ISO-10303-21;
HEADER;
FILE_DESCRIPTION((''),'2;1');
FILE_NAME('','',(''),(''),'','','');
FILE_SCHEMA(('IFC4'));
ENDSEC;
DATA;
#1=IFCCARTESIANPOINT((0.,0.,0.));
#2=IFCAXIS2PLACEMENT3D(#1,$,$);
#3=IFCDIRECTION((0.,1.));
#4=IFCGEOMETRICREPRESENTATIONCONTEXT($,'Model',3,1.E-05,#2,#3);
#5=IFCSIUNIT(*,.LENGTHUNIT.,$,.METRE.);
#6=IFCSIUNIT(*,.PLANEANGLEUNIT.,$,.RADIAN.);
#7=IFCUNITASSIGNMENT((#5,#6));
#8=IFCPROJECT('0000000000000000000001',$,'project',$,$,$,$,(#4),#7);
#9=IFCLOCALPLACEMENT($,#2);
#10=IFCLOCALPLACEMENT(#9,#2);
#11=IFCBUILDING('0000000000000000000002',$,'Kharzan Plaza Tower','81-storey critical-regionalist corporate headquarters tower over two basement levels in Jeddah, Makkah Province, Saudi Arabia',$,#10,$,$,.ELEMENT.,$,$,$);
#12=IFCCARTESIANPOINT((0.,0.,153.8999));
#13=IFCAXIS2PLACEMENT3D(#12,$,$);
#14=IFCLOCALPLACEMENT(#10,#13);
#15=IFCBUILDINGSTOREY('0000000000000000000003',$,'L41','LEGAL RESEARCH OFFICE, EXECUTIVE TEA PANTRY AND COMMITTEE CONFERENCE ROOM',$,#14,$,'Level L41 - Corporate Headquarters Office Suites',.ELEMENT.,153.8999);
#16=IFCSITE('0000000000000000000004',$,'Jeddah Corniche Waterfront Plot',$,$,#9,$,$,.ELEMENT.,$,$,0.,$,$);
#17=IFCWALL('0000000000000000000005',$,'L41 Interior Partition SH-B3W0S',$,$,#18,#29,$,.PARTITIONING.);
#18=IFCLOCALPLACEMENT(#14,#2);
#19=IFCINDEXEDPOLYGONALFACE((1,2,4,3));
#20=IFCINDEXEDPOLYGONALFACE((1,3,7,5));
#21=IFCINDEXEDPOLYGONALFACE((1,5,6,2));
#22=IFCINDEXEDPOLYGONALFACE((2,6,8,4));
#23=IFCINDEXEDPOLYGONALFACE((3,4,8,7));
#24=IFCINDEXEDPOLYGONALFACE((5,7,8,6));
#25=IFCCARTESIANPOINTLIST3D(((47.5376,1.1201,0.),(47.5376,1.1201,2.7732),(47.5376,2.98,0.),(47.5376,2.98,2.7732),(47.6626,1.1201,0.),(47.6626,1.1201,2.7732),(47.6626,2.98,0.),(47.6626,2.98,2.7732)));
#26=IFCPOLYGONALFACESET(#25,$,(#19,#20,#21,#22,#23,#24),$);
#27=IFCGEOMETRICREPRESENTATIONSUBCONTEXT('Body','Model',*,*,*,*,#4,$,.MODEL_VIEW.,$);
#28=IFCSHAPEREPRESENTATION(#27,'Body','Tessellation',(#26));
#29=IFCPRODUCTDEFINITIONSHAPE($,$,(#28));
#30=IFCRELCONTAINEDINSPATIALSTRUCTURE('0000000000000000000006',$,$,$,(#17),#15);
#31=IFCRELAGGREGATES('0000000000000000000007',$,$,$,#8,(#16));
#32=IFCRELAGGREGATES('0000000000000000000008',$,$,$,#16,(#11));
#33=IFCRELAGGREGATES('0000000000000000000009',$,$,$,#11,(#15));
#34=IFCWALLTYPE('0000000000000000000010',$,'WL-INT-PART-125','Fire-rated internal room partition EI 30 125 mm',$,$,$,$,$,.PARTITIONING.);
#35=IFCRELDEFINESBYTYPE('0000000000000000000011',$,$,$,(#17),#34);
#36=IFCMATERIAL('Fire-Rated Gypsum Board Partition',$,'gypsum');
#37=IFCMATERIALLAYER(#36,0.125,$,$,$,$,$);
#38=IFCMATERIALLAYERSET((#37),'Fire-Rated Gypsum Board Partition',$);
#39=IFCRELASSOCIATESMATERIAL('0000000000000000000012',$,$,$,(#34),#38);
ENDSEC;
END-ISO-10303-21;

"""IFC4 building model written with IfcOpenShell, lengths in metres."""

from ifc_helpers import new_model, si_unit, direction, frame, frame_2d, origin, place, context, subcontext, project, spatial, rectangle, extrude, source, transform, mapped, material, layer, layer_set, type_object, element, save


model = new_model("IFC4")

# Units and contexts
model_context = context("Model", 3, precision=1e-05, world=origin(), true_north=direction((0.0, 1.0)))
body_context = subcontext(model_context, "Body", "Model", "MODEL_VIEW")
ifc_project = project(units=[si_unit("LENGTHUNIT", "METRE"), si_unit("PLANEANGLEUNIT", "RADIAN")], contexts=[model_context])

# Site, building, storey
site_placement = place(None, origin())
site = spatial("IfcSite", under=ifc_project, at=site_placement, Name="Jeddah Corniche Waterfront Plot", CompositionType="ELEMENT", RefElevation=0.0)
building_placement = place(site_placement, origin())
building = spatial("IfcBuilding", under=site, at=building_placement, Name="Kharzan Plaza Tower", Description="81-storey critical-regionalist corporate headquarters tower over two basement levels in Jeddah, Makkah Province, Saudi Arabia", CompositionType="ELEMENT")
storey_placement = place(building_placement, frame((0.0, 0.0, 153.8999)))
storey = spatial("IfcBuildingStorey", under=building, at=storey_placement, Name="L41", Description="LEGAL RESEARCH OFFICE, EXECUTIVE TEA PANTRY AND COMMITTEE CONFERENCE ROOM", LongName="Level L41 - Corporate Headquarters Office Suites", CompositionType="ELEMENT", Elevation=153.8999)

# Shared definitions
ifc_material_1 = material(Name="Fire-Rated Gypsum Board Partition", Category="gypsum")
ifc_layer_1 = layer(ifc_material_1, 0.125)
ifc_layer_set_1 = layer_set([ifc_layer_1], Name="Fire-Rated Gypsum Board Partition")
wall_type_1 = type_object("IfcWallType", Name="WL-INT-PART-125", Description="Fire-rated internal room partition EI 30 125 mm", PredefinedType="PARTITIONING", material=ifc_layer_set_1)

# Wall
shared_shape_1 = source(origin(), body_context, "Body", "SweptSolid", [
    extrude(rectangle(XDim=1.8599, YDim=0.125, at=frame_2d((0.9299, 0.0))), origin(), (0.0, 0.0, 1.0), 2.7732),
])
wall_1_placement = place(storey_placement, frame((47.6001, 1.1201, 0.0), z_axis=(0.0, 0.0, 1.0), x_axis=(0.0, 1.0, 0.0)))
element("IfcWall", 1, at=wall_1_placement, inside=storey, type_object=wall_type_1, Name="L41 Interior Partition SH-B3W0S", PredefinedType="PARTITIONING", context=body_context, shape_type="MappedRepresentation", body=[
    mapped(shared_shape_1, transform((0.0, 0.0, 0.0), x_axis=(1.0, 0.0, 0.0), y_axis=(0.0, 1.0, 0.0), z_axis=(0.0, 0.0, 1.0))),
])

save(model, "model.ifc")
